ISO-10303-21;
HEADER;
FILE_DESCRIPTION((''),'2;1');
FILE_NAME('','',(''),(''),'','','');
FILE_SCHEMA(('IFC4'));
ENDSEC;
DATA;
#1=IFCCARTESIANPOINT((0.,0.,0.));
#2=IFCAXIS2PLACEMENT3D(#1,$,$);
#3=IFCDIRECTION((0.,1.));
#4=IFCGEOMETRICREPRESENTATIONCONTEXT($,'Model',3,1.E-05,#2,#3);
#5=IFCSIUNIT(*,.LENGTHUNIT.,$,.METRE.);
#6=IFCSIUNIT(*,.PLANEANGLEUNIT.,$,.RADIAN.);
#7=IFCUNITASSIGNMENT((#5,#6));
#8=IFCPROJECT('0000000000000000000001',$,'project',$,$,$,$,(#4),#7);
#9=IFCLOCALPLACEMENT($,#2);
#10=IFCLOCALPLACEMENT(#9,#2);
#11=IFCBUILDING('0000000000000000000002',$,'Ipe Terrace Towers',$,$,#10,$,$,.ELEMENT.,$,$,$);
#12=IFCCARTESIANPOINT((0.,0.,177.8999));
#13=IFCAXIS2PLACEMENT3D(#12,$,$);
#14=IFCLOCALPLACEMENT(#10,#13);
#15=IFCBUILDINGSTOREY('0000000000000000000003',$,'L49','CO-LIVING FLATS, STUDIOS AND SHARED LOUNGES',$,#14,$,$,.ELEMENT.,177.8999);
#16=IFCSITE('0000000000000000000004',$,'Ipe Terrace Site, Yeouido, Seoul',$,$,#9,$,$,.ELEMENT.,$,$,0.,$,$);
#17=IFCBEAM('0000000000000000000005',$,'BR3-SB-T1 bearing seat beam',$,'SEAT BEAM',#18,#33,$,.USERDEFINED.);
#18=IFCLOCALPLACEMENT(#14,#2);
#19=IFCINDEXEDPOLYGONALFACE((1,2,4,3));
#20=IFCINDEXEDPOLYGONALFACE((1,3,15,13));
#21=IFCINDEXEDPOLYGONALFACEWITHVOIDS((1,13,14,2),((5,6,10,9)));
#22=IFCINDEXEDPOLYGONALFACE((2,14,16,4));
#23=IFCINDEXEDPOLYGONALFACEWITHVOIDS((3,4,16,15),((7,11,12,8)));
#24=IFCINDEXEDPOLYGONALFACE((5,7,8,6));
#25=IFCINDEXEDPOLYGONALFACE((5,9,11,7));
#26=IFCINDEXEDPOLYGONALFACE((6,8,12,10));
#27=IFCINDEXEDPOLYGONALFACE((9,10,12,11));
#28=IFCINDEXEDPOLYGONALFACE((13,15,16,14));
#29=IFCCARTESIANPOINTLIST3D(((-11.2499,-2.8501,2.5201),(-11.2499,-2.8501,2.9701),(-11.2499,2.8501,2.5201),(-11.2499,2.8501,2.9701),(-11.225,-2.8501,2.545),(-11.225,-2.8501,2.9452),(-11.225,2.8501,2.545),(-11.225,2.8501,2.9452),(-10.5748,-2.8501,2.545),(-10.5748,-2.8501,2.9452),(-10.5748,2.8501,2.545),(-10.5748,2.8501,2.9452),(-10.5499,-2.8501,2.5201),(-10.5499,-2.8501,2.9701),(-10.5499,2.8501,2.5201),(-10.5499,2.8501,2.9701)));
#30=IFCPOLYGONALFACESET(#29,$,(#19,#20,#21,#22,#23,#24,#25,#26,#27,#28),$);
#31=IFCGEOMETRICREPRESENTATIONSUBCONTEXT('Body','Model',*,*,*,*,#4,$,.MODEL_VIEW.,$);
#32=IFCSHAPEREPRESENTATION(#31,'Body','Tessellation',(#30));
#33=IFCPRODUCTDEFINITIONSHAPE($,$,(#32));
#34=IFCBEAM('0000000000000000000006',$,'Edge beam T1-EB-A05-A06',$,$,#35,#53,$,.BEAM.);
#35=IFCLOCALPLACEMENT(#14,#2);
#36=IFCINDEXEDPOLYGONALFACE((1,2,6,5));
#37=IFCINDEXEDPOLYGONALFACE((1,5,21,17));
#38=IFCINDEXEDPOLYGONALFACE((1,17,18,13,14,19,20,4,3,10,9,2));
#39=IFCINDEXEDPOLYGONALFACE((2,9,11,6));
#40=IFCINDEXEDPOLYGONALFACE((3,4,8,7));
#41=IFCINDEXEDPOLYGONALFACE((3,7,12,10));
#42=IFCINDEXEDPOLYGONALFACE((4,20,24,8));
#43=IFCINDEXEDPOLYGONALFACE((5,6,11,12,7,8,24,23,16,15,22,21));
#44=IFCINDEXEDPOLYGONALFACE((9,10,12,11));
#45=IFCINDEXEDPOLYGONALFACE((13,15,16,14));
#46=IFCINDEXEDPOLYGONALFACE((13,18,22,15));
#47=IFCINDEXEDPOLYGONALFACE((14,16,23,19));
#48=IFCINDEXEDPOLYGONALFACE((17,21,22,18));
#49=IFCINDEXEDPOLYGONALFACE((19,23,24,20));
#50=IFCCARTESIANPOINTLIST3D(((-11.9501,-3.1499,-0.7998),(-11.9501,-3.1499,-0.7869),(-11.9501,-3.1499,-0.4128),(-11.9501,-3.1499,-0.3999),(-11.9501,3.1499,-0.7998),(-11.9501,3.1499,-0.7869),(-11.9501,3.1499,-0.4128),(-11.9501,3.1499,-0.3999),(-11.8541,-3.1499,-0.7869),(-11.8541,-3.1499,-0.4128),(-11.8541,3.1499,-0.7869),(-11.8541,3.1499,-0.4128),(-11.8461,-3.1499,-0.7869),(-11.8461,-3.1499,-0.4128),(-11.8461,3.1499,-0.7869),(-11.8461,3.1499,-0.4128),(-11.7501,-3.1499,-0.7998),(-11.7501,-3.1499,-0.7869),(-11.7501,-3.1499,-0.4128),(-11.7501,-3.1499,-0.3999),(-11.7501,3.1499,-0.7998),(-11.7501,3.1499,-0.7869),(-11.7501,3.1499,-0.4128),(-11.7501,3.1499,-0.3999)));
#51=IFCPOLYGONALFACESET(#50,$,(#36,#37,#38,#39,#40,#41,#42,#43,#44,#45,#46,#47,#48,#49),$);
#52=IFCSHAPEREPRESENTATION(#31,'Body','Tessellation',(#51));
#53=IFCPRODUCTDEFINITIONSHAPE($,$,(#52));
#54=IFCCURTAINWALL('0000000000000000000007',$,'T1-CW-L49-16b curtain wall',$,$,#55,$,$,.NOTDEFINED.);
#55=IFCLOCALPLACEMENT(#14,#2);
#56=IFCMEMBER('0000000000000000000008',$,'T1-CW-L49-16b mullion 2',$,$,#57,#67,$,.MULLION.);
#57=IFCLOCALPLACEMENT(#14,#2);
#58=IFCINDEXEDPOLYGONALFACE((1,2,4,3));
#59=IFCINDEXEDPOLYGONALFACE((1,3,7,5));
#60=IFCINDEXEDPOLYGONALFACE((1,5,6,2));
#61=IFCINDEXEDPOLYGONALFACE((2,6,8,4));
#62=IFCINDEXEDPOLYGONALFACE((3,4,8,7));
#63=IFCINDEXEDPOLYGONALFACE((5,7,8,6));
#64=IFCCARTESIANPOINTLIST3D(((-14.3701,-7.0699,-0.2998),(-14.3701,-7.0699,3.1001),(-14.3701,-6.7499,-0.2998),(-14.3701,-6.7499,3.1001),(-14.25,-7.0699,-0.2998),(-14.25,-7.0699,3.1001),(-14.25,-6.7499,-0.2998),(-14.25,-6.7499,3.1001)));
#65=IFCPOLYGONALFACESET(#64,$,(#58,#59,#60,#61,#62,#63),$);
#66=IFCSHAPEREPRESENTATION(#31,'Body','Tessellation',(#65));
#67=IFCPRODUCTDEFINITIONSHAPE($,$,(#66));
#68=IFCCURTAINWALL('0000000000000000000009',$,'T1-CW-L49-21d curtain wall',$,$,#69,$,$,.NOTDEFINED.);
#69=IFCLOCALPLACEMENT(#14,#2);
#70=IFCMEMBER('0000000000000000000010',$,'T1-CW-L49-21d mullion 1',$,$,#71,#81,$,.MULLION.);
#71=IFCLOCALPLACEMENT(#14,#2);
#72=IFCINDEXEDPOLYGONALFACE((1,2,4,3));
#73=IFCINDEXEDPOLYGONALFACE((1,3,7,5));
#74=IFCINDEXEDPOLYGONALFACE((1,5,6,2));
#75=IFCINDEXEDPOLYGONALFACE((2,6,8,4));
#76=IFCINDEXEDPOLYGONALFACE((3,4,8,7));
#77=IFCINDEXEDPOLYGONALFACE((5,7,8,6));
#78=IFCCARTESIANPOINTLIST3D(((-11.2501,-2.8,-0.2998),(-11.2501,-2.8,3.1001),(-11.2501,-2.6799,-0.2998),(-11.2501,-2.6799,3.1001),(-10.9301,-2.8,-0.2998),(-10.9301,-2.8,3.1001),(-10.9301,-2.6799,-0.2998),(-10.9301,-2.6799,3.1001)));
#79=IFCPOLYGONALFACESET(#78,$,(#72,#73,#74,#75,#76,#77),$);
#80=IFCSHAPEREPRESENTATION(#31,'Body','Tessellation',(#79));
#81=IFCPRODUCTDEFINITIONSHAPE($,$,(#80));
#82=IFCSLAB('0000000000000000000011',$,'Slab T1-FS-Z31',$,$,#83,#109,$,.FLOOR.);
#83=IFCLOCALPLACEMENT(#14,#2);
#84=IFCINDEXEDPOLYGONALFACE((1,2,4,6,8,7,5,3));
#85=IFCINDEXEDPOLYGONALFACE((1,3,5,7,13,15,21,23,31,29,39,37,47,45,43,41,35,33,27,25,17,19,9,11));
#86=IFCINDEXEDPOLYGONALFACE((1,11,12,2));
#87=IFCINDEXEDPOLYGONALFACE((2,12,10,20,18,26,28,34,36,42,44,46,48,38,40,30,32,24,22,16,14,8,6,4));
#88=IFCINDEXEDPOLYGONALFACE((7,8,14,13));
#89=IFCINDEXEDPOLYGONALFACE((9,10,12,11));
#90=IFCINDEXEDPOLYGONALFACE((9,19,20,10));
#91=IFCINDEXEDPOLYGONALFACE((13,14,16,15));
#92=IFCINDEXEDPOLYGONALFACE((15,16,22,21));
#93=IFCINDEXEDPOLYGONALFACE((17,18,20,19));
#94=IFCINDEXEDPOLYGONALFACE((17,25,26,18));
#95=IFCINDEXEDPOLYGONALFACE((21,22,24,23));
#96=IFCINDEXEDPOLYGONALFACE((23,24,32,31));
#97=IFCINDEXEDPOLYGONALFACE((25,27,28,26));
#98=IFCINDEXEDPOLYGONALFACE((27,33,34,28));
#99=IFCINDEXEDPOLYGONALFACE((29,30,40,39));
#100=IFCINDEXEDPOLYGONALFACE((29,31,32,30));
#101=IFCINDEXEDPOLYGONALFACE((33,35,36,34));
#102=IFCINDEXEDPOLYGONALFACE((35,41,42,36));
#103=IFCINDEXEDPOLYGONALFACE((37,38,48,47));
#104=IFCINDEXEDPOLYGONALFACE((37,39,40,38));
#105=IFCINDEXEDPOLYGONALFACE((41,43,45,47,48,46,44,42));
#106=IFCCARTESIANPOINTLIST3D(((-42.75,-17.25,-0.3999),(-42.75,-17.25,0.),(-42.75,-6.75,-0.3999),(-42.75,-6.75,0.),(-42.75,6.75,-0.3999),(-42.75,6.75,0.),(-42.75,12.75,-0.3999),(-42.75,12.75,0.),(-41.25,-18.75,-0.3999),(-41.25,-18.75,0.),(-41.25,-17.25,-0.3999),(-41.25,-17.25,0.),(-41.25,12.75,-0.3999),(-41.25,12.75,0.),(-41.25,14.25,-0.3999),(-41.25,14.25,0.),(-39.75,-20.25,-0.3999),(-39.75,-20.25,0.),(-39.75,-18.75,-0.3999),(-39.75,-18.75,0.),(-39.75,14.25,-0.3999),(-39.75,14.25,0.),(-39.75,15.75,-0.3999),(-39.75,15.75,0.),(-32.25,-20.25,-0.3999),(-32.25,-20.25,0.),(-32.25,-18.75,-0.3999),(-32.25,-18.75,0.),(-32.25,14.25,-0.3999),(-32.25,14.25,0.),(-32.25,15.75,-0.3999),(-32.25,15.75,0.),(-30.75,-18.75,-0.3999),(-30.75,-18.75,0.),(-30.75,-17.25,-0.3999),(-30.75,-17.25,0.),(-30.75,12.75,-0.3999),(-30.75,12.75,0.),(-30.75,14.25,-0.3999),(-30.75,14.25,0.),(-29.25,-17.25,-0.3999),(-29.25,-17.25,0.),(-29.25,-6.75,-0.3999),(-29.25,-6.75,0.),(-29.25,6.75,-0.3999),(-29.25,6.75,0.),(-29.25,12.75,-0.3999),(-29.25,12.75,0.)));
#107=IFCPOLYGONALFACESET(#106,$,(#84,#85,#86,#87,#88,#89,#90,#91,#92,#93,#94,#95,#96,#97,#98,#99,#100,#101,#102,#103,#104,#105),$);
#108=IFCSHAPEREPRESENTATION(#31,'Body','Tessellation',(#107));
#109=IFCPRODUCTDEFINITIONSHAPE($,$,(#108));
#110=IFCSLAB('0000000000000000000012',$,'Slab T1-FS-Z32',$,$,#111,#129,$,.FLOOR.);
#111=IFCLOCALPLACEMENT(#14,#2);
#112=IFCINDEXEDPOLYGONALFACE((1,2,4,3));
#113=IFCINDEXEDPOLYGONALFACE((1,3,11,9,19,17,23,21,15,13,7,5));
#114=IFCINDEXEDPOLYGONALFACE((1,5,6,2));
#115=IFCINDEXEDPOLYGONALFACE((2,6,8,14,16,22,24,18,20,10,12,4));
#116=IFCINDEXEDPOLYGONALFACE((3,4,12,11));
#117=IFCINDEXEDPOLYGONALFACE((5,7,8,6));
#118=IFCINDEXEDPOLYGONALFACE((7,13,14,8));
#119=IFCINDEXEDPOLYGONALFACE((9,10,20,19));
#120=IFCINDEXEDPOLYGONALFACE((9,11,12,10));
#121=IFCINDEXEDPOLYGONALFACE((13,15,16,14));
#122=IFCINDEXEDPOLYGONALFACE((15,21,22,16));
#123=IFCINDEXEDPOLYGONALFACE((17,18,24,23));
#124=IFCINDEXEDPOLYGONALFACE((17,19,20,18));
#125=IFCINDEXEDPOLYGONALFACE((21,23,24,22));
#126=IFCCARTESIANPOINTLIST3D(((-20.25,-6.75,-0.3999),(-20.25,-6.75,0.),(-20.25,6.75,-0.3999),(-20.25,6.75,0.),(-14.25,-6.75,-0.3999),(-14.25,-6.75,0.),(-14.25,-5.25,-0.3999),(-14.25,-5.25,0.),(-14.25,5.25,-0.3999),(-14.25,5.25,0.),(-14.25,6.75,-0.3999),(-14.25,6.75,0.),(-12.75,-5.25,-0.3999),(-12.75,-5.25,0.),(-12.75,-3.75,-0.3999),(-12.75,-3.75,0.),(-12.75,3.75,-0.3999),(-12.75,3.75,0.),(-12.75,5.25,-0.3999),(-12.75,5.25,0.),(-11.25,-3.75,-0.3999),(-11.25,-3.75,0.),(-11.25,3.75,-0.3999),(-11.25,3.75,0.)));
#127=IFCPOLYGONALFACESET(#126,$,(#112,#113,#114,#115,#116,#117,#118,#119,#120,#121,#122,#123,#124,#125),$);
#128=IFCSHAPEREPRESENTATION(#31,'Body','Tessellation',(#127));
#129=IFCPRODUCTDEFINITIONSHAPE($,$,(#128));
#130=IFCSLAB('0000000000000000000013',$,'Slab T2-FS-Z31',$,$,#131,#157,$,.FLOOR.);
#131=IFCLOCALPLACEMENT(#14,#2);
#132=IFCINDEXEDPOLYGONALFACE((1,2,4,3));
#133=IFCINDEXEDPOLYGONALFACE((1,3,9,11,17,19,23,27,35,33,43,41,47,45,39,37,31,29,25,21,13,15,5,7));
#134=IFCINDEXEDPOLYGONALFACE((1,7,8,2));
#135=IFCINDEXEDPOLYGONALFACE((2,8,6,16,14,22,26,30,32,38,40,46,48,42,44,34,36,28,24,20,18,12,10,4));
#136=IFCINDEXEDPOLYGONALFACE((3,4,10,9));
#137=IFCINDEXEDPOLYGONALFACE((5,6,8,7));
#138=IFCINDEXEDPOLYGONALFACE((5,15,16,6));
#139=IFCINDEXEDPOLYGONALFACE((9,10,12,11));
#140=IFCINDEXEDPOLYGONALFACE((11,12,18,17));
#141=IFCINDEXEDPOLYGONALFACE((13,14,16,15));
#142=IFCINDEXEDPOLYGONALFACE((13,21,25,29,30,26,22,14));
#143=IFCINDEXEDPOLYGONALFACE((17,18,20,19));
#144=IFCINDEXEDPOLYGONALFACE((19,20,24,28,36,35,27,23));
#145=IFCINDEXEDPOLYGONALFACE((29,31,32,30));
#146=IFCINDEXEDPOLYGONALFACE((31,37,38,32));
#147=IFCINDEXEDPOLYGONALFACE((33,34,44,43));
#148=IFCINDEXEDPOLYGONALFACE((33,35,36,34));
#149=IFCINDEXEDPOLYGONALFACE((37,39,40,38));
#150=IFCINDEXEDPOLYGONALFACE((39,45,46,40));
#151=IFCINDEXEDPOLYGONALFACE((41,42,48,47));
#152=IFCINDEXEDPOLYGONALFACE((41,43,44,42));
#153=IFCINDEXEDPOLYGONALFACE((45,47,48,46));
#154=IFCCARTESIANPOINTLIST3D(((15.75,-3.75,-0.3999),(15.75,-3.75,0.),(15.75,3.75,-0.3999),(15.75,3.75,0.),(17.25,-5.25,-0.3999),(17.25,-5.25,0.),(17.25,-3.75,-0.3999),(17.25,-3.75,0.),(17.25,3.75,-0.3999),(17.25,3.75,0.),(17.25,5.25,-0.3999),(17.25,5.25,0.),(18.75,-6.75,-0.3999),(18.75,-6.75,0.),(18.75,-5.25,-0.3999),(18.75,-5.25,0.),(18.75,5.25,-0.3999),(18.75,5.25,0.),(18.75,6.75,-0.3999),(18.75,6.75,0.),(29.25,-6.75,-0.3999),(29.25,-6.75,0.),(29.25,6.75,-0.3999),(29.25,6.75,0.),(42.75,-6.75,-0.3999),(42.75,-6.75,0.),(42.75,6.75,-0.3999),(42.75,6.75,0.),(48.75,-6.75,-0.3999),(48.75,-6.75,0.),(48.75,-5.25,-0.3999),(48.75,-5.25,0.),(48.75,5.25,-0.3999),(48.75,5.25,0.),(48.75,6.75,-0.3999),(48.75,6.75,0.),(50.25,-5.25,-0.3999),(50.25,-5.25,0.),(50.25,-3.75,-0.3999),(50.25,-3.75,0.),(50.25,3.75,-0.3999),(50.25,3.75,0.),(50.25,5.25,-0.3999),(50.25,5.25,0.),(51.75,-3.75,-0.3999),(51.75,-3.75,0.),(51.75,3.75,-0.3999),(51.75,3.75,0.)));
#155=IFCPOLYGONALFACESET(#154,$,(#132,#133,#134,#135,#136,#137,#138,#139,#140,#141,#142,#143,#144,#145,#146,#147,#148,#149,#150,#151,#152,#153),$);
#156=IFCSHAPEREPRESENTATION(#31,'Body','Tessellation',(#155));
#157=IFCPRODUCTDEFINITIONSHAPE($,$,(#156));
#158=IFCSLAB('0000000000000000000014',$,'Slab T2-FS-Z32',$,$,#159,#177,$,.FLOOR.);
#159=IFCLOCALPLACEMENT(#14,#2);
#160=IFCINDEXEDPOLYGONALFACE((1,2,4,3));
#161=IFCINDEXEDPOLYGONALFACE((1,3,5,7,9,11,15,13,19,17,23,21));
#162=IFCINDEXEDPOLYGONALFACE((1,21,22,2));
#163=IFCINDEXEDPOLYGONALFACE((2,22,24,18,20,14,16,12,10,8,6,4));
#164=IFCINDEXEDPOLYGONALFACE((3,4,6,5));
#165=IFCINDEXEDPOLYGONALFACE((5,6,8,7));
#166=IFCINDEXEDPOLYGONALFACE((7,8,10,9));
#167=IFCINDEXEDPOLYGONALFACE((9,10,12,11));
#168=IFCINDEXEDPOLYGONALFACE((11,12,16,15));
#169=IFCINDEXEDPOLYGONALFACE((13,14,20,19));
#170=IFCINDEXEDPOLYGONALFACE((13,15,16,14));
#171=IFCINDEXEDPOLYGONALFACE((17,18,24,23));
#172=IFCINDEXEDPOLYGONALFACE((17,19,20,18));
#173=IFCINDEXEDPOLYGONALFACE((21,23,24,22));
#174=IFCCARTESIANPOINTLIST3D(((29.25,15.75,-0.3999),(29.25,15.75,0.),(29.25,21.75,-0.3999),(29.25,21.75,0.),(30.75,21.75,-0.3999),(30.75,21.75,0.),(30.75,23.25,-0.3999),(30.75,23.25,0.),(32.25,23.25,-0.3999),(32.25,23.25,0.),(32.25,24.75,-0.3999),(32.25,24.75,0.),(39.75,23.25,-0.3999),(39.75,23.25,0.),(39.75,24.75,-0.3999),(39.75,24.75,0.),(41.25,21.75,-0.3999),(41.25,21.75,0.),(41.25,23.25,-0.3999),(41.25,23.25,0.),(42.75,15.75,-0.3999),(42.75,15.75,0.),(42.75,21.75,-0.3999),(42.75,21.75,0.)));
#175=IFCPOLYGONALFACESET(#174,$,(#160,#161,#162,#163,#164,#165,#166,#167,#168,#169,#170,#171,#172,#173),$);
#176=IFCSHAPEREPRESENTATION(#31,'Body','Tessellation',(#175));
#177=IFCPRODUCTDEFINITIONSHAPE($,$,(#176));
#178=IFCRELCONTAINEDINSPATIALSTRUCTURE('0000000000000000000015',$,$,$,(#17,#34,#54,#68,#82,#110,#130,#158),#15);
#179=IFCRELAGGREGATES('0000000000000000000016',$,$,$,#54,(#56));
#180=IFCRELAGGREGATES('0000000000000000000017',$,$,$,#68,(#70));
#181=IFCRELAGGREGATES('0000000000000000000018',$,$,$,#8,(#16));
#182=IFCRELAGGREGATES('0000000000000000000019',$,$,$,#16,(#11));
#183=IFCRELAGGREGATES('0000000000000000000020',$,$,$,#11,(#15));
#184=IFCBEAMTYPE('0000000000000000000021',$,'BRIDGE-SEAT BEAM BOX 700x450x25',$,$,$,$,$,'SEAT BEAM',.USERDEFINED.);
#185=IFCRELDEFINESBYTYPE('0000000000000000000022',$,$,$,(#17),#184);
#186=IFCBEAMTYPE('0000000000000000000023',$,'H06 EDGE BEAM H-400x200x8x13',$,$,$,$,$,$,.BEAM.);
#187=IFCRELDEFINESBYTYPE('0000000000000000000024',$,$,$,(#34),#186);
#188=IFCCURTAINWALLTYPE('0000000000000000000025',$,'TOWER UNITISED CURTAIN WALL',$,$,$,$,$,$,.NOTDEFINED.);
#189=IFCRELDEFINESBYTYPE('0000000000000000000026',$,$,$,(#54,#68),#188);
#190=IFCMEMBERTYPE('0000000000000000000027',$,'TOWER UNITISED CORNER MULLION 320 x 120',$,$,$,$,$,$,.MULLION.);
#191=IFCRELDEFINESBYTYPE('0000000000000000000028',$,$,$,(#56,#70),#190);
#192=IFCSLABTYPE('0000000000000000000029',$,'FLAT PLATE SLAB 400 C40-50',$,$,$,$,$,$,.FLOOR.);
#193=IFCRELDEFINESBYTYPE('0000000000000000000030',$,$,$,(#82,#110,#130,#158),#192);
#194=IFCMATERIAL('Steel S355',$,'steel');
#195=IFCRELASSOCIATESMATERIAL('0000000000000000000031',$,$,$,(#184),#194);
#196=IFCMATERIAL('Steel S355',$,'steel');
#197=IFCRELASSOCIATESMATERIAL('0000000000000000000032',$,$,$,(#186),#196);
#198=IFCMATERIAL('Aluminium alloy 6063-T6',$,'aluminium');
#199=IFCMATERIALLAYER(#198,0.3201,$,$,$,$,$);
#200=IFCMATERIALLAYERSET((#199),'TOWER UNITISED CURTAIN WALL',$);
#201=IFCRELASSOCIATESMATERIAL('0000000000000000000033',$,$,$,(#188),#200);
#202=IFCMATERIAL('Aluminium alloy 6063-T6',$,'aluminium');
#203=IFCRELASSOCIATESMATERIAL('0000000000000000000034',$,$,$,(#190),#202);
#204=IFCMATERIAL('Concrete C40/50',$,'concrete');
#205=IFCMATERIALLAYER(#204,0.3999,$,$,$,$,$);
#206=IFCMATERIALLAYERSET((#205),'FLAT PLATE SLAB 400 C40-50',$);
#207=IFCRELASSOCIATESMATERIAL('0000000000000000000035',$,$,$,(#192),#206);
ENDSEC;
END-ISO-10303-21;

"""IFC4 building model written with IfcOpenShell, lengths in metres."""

from ifc_helpers import new_model, si_unit, direction, frame, origin, origin_2d, place, context, subcontext, project, spatial, polyline, rectangle, hollow_rectangle, i_section, outline, extrude, material, layer, layer_set, material_profile, profile_set, type_object, element, aggregate, save


model = new_model("IFC4")

# Units and contexts
model_context = context("Model", 3, precision=1e-05, world=origin(), true_north=direction((0.0, 1.0)))
body_context = subcontext(model_context, "Body", "Model", "MODEL_VIEW")
ifc_project = project(units=[si_unit("LENGTHUNIT", "METRE"), si_unit("PLANEANGLEUNIT", "RADIAN")], contexts=[model_context])

# Site, building, storey
site_placement = place(None, origin())
site = spatial("IfcSite", under=ifc_project, at=site_placement, Name="Ipe Terrace Site, Yeouido, Seoul", CompositionType="ELEMENT", RefElevation=0.0)
building_placement = place(site_placement, origin())
building = spatial("IfcBuilding", under=site, at=building_placement, Name="Ipe Terrace Towers", CompositionType="ELEMENT")
storey_placement = place(building_placement, frame((0.0, 0.0, 177.8999)))
storey = spatial("IfcBuildingStorey", under=building, at=storey_placement, Name="L49", Description="CO-LIVING FLATS, STUDIOS AND SHARED LOUNGES", CompositionType="ELEMENT", Elevation=177.8999)

# Beams
ifc_material_1 = material(Name="Steel S355", Category="steel")
ifc_material_profile_1 = material_profile(ifc_material_1, hollow_rectangle(XDim=0.7, YDim=0.45, WallThickness=0.0249, at=origin_2d()), Name="BRIDGE-SEAT BEAM BOX 700x450x25")
ifc_profile_set_1 = profile_set([ifc_material_profile_1], Name="Steel S355")
beam_type_1 = type_object("IfcBeamType", Name="BRIDGE-SEAT BEAM BOX 700x450x25", ElementType="SEAT BEAM", PredefinedType="USERDEFINED", material=ifc_profile_set_1)
beam_1_placement = place(storey_placement, frame((-10.8999, -2.8501, 2.7451), z_axis=(0.0, 1.0, 0.0), x_axis=(-1.0, 0.0, 0.0)))
element("IfcBeam", 1, at=beam_1_placement, inside=storey, type_object=beam_type_1, Name="BR3-SB-T1 bearing seat beam", ObjectType="SEAT BEAM", PredefinedType="USERDEFINED", context=body_context, shape_type="SweptSolid", body=[
    extrude(hollow_rectangle(XDim=0.7, YDim=0.45, WallThickness=0.0249, at=origin_2d()), origin(), (0.0, 0.0, 1.0), 5.7002),
])
ifc_material_2 = material(Name="Steel S355", Category="steel")
ifc_material_profile_2 = material_profile(ifc_material_2, i_section(OverallWidth=0.2, OverallDepth=0.3999, WebThickness=0.0081, FlangeThickness=0.0129, at=origin_2d()), Name="H-400x200x8x13")
ifc_profile_set_2 = profile_set([ifc_material_profile_2], Name="Steel S355")
beam_type_2 = type_object("IfcBeamType", Name="H06 EDGE BEAM H-400x200x8x13", PredefinedType="BEAM", material=ifc_profile_set_2)
beam_2_placement = place(storey_placement, frame((-11.8501, -3.1499, -0.5999), z_axis=(0.0, 1.0, 0.0), x_axis=(-1.0, 0.0, 0.0)))
element("IfcBeam", 2, at=beam_2_placement, inside=storey, type_object=beam_type_2, Name="Edge beam T1-EB-A05-A06", PredefinedType="BEAM", context=body_context, shape_type="SweptSolid", body=[
    extrude(i_section(OverallWidth=0.2, OverallDepth=0.3999, WebThickness=0.0081, FlangeThickness=0.0129, at=origin_2d()), origin(), (0.0, 0.0, 1.0), 6.2998),
])

# Curtain walls, members
ifc_material_3 = material(Name="Aluminium alloy 6063-T6", Category="aluminium")
ifc_layer_1 = layer(ifc_material_3, 0.3201)
ifc_layer_set_1 = layer_set([ifc_layer_1], Name="TOWER UNITISED CURTAIN WALL")
curtain_wall_type = type_object("IfcCurtainWallType", Name="TOWER UNITISED CURTAIN WALL", PredefinedType="NOTDEFINED", material=ifc_layer_set_1)
curtain_wall_1_placement = place(storey_placement, origin())
curtain_wall_1 = element("IfcCurtainWall", 3, at=curtain_wall_1_placement, inside=storey, type_object=curtain_wall_type, Name="T1-CW-L49-16b curtain wall", PredefinedType="NOTDEFINED")
ifc_material_4 = material(Name="Aluminium alloy 6063-T6", Category="aluminium")
ifc_material_profile_3 = material_profile(ifc_material_4, rectangle(XDim=0.3201, YDim=0.1201, at=origin_2d()), Name="TOWER UNITISED CORNER MULLION 320 x 120")
ifc_profile_set_3 = profile_set([ifc_material_profile_3], Name="Aluminium alloy 6063-T6")
member_type_1 = type_object("IfcMemberType", Name="TOWER UNITISED CORNER MULLION 320 x 120", PredefinedType="MULLION", material=ifc_profile_set_3)
member_1_placement = place(storey_placement, frame((-14.3101, -6.9099, -0.2998), z_axis=(0.0, 0.0, 1.0), x_axis=(0.0, -1.0, 0.0)))
member_1 = element("IfcMember", 4, at=member_1_placement, type_object=member_type_1, Name="T1-CW-L49-16b mullion 2", PredefinedType="MULLION", context=body_context, shape_type="SweptSolid", body=[
    extrude(rectangle(XDim=0.3201, YDim=0.1201, at=origin_2d()), origin(), (0.0, 0.0, 1.0), 3.3999),
])
aggregate(curtain_wall_1, [member_1])
curtain_wall_2_placement = place(storey_placement, origin())
curtain_wall_2 = element("IfcCurtainWall", 5, at=curtain_wall_2_placement, inside=storey, type_object=curtain_wall_type, Name="T1-CW-L49-21d curtain wall", PredefinedType="NOTDEFINED")
member_2_placement = place(storey_placement, frame((-11.0901, -2.74, -0.2998), z_axis=(0.0, 0.0, 1.0), x_axis=(1.0, 0.0, 0.0)))
member_2 = element("IfcMember", 6, at=member_2_placement, type_object=member_type_1, Name="T1-CW-L49-21d mullion 1", PredefinedType="MULLION", context=body_context, shape_type="SweptSolid", body=[
    extrude(rectangle(XDim=0.3201, YDim=0.1201, at=origin_2d()), origin(), (0.0, 0.0, 1.0), 3.3999),
])

# Slabs
ifc_material_5 = material(Name="Concrete C40/50", Category="concrete")
ifc_layer_2 = layer(ifc_material_5, 0.3999)
ifc_layer_set_2 = layer_set([ifc_layer_2], Name="FLAT PLATE SLAB 400 C40-50")
slab_type = type_object("IfcSlabType", Name="FLAT PLATE SLAB 400 C40-50", PredefinedType="FLOOR", material=ifc_layer_set_2)
slab_1_placement = place(storey_placement, frame((0.0, 0.0, -0.3999)))
element("IfcSlab", 7, at=slab_1_placement, inside=storey, type_object=slab_type, Name="Slab T1-FS-Z31", PredefinedType="FLOOR", context=body_context, shape_type="SweptSolid", body=[
    extrude(outline(polyline([(-30.75, -17.25), (-30.75, -18.75), (-32.25, -18.75), (-32.25, -20.25), (-39.75, -20.25), (-39.75, -18.75), (-41.25, -18.75), (-41.25, -17.25), (-42.75, -17.25), (-42.75, -6.75), (-42.75, 6.75), (-42.75, 12.75), (-41.25, 12.75), (-41.25, 14.25), (-39.75, 14.25), (-39.75, 15.75), (-32.25, 15.75), (-32.25, 14.25), (-30.75, 14.25), (-30.75, 12.75), (-29.25, 12.75), (-29.25, 6.75), (-29.25, -6.75), (-29.25, -17.25), (-30.75, -17.25)])), origin(), (0.0, 0.0, 1.0), 0.3999),
])
slab_2_placement = place(storey_placement, frame((0.0, 0.0, -0.3999)))
element("IfcSlab", 8, at=slab_2_placement, inside=storey, type_object=slab_type, Name="Slab T1-FS-Z32", PredefinedType="FLOOR", context=body_context, shape_type="SweptSolid", body=[
    extrude(outline(polyline([(-14.25, 5.25), (-12.75, 5.25), (-12.75, 3.75), (-11.25, 3.75), (-11.25, -3.75), (-12.75, -3.75), (-12.75, -5.25), (-14.25, -5.25), (-14.25, -6.75), (-20.25, -6.75), (-20.25, 6.75), (-14.25, 6.75), (-14.25, 5.25)])), origin(), (0.0, 0.0, 1.0), 0.3999),
])
slab_3_placement = place(storey_placement, frame((0.0, 0.0, -0.3999)))
element("IfcSlab", 9, at=slab_3_placement, inside=storey, type_object=slab_type, Name="Slab T2-FS-Z31", PredefinedType="FLOOR", context=body_context, shape_type="SweptSolid", body=[
    extrude(outline(polyline([(48.75, 5.25), (50.25, 5.25), (50.25, 3.75), (51.75, 3.75), (51.75, -3.75), (50.25, -3.75), (50.25, -5.25), (48.75, -5.25), (48.75, -6.75), (42.75, -6.75), (29.25, -6.75), (18.75, -6.75), (18.75, -5.25), (17.25, -5.25), (17.25, -3.75), (15.75, -3.75), (15.75, 3.75), (17.25, 3.75), (17.25, 5.25), (18.75, 5.25), (18.75, 6.75), (29.25, 6.75), (42.75, 6.75), (48.75, 6.75), (48.75, 5.25)])), origin(), (0.0, 0.0, 1.0), 0.3999),
])
slab_4_placement = place(storey_placement, frame((0.0, 0.0, -0.3999)))
element("IfcSlab", 10, at=slab_4_placement, inside=storey, type_object=slab_type, Name="Slab T2-FS-Z32", PredefinedType="FLOOR", context=body_context, shape_type="SweptSolid", body=[
    extrude(outline(polyline([(30.75, 21.75), (30.75, 23.25), (32.25, 23.25), (32.25, 24.75), (39.75, 24.75), (39.75, 23.25), (41.25, 23.25), (41.25, 21.75), (42.75, 21.75), (42.75, 15.75), (29.25, 15.75), (29.25, 21.75), (30.75, 21.75)])), origin(), (0.0, 0.0, 1.0), 0.3999),
])

aggregate(curtain_wall_2, [member_2])

save(model, "model.ifc")
